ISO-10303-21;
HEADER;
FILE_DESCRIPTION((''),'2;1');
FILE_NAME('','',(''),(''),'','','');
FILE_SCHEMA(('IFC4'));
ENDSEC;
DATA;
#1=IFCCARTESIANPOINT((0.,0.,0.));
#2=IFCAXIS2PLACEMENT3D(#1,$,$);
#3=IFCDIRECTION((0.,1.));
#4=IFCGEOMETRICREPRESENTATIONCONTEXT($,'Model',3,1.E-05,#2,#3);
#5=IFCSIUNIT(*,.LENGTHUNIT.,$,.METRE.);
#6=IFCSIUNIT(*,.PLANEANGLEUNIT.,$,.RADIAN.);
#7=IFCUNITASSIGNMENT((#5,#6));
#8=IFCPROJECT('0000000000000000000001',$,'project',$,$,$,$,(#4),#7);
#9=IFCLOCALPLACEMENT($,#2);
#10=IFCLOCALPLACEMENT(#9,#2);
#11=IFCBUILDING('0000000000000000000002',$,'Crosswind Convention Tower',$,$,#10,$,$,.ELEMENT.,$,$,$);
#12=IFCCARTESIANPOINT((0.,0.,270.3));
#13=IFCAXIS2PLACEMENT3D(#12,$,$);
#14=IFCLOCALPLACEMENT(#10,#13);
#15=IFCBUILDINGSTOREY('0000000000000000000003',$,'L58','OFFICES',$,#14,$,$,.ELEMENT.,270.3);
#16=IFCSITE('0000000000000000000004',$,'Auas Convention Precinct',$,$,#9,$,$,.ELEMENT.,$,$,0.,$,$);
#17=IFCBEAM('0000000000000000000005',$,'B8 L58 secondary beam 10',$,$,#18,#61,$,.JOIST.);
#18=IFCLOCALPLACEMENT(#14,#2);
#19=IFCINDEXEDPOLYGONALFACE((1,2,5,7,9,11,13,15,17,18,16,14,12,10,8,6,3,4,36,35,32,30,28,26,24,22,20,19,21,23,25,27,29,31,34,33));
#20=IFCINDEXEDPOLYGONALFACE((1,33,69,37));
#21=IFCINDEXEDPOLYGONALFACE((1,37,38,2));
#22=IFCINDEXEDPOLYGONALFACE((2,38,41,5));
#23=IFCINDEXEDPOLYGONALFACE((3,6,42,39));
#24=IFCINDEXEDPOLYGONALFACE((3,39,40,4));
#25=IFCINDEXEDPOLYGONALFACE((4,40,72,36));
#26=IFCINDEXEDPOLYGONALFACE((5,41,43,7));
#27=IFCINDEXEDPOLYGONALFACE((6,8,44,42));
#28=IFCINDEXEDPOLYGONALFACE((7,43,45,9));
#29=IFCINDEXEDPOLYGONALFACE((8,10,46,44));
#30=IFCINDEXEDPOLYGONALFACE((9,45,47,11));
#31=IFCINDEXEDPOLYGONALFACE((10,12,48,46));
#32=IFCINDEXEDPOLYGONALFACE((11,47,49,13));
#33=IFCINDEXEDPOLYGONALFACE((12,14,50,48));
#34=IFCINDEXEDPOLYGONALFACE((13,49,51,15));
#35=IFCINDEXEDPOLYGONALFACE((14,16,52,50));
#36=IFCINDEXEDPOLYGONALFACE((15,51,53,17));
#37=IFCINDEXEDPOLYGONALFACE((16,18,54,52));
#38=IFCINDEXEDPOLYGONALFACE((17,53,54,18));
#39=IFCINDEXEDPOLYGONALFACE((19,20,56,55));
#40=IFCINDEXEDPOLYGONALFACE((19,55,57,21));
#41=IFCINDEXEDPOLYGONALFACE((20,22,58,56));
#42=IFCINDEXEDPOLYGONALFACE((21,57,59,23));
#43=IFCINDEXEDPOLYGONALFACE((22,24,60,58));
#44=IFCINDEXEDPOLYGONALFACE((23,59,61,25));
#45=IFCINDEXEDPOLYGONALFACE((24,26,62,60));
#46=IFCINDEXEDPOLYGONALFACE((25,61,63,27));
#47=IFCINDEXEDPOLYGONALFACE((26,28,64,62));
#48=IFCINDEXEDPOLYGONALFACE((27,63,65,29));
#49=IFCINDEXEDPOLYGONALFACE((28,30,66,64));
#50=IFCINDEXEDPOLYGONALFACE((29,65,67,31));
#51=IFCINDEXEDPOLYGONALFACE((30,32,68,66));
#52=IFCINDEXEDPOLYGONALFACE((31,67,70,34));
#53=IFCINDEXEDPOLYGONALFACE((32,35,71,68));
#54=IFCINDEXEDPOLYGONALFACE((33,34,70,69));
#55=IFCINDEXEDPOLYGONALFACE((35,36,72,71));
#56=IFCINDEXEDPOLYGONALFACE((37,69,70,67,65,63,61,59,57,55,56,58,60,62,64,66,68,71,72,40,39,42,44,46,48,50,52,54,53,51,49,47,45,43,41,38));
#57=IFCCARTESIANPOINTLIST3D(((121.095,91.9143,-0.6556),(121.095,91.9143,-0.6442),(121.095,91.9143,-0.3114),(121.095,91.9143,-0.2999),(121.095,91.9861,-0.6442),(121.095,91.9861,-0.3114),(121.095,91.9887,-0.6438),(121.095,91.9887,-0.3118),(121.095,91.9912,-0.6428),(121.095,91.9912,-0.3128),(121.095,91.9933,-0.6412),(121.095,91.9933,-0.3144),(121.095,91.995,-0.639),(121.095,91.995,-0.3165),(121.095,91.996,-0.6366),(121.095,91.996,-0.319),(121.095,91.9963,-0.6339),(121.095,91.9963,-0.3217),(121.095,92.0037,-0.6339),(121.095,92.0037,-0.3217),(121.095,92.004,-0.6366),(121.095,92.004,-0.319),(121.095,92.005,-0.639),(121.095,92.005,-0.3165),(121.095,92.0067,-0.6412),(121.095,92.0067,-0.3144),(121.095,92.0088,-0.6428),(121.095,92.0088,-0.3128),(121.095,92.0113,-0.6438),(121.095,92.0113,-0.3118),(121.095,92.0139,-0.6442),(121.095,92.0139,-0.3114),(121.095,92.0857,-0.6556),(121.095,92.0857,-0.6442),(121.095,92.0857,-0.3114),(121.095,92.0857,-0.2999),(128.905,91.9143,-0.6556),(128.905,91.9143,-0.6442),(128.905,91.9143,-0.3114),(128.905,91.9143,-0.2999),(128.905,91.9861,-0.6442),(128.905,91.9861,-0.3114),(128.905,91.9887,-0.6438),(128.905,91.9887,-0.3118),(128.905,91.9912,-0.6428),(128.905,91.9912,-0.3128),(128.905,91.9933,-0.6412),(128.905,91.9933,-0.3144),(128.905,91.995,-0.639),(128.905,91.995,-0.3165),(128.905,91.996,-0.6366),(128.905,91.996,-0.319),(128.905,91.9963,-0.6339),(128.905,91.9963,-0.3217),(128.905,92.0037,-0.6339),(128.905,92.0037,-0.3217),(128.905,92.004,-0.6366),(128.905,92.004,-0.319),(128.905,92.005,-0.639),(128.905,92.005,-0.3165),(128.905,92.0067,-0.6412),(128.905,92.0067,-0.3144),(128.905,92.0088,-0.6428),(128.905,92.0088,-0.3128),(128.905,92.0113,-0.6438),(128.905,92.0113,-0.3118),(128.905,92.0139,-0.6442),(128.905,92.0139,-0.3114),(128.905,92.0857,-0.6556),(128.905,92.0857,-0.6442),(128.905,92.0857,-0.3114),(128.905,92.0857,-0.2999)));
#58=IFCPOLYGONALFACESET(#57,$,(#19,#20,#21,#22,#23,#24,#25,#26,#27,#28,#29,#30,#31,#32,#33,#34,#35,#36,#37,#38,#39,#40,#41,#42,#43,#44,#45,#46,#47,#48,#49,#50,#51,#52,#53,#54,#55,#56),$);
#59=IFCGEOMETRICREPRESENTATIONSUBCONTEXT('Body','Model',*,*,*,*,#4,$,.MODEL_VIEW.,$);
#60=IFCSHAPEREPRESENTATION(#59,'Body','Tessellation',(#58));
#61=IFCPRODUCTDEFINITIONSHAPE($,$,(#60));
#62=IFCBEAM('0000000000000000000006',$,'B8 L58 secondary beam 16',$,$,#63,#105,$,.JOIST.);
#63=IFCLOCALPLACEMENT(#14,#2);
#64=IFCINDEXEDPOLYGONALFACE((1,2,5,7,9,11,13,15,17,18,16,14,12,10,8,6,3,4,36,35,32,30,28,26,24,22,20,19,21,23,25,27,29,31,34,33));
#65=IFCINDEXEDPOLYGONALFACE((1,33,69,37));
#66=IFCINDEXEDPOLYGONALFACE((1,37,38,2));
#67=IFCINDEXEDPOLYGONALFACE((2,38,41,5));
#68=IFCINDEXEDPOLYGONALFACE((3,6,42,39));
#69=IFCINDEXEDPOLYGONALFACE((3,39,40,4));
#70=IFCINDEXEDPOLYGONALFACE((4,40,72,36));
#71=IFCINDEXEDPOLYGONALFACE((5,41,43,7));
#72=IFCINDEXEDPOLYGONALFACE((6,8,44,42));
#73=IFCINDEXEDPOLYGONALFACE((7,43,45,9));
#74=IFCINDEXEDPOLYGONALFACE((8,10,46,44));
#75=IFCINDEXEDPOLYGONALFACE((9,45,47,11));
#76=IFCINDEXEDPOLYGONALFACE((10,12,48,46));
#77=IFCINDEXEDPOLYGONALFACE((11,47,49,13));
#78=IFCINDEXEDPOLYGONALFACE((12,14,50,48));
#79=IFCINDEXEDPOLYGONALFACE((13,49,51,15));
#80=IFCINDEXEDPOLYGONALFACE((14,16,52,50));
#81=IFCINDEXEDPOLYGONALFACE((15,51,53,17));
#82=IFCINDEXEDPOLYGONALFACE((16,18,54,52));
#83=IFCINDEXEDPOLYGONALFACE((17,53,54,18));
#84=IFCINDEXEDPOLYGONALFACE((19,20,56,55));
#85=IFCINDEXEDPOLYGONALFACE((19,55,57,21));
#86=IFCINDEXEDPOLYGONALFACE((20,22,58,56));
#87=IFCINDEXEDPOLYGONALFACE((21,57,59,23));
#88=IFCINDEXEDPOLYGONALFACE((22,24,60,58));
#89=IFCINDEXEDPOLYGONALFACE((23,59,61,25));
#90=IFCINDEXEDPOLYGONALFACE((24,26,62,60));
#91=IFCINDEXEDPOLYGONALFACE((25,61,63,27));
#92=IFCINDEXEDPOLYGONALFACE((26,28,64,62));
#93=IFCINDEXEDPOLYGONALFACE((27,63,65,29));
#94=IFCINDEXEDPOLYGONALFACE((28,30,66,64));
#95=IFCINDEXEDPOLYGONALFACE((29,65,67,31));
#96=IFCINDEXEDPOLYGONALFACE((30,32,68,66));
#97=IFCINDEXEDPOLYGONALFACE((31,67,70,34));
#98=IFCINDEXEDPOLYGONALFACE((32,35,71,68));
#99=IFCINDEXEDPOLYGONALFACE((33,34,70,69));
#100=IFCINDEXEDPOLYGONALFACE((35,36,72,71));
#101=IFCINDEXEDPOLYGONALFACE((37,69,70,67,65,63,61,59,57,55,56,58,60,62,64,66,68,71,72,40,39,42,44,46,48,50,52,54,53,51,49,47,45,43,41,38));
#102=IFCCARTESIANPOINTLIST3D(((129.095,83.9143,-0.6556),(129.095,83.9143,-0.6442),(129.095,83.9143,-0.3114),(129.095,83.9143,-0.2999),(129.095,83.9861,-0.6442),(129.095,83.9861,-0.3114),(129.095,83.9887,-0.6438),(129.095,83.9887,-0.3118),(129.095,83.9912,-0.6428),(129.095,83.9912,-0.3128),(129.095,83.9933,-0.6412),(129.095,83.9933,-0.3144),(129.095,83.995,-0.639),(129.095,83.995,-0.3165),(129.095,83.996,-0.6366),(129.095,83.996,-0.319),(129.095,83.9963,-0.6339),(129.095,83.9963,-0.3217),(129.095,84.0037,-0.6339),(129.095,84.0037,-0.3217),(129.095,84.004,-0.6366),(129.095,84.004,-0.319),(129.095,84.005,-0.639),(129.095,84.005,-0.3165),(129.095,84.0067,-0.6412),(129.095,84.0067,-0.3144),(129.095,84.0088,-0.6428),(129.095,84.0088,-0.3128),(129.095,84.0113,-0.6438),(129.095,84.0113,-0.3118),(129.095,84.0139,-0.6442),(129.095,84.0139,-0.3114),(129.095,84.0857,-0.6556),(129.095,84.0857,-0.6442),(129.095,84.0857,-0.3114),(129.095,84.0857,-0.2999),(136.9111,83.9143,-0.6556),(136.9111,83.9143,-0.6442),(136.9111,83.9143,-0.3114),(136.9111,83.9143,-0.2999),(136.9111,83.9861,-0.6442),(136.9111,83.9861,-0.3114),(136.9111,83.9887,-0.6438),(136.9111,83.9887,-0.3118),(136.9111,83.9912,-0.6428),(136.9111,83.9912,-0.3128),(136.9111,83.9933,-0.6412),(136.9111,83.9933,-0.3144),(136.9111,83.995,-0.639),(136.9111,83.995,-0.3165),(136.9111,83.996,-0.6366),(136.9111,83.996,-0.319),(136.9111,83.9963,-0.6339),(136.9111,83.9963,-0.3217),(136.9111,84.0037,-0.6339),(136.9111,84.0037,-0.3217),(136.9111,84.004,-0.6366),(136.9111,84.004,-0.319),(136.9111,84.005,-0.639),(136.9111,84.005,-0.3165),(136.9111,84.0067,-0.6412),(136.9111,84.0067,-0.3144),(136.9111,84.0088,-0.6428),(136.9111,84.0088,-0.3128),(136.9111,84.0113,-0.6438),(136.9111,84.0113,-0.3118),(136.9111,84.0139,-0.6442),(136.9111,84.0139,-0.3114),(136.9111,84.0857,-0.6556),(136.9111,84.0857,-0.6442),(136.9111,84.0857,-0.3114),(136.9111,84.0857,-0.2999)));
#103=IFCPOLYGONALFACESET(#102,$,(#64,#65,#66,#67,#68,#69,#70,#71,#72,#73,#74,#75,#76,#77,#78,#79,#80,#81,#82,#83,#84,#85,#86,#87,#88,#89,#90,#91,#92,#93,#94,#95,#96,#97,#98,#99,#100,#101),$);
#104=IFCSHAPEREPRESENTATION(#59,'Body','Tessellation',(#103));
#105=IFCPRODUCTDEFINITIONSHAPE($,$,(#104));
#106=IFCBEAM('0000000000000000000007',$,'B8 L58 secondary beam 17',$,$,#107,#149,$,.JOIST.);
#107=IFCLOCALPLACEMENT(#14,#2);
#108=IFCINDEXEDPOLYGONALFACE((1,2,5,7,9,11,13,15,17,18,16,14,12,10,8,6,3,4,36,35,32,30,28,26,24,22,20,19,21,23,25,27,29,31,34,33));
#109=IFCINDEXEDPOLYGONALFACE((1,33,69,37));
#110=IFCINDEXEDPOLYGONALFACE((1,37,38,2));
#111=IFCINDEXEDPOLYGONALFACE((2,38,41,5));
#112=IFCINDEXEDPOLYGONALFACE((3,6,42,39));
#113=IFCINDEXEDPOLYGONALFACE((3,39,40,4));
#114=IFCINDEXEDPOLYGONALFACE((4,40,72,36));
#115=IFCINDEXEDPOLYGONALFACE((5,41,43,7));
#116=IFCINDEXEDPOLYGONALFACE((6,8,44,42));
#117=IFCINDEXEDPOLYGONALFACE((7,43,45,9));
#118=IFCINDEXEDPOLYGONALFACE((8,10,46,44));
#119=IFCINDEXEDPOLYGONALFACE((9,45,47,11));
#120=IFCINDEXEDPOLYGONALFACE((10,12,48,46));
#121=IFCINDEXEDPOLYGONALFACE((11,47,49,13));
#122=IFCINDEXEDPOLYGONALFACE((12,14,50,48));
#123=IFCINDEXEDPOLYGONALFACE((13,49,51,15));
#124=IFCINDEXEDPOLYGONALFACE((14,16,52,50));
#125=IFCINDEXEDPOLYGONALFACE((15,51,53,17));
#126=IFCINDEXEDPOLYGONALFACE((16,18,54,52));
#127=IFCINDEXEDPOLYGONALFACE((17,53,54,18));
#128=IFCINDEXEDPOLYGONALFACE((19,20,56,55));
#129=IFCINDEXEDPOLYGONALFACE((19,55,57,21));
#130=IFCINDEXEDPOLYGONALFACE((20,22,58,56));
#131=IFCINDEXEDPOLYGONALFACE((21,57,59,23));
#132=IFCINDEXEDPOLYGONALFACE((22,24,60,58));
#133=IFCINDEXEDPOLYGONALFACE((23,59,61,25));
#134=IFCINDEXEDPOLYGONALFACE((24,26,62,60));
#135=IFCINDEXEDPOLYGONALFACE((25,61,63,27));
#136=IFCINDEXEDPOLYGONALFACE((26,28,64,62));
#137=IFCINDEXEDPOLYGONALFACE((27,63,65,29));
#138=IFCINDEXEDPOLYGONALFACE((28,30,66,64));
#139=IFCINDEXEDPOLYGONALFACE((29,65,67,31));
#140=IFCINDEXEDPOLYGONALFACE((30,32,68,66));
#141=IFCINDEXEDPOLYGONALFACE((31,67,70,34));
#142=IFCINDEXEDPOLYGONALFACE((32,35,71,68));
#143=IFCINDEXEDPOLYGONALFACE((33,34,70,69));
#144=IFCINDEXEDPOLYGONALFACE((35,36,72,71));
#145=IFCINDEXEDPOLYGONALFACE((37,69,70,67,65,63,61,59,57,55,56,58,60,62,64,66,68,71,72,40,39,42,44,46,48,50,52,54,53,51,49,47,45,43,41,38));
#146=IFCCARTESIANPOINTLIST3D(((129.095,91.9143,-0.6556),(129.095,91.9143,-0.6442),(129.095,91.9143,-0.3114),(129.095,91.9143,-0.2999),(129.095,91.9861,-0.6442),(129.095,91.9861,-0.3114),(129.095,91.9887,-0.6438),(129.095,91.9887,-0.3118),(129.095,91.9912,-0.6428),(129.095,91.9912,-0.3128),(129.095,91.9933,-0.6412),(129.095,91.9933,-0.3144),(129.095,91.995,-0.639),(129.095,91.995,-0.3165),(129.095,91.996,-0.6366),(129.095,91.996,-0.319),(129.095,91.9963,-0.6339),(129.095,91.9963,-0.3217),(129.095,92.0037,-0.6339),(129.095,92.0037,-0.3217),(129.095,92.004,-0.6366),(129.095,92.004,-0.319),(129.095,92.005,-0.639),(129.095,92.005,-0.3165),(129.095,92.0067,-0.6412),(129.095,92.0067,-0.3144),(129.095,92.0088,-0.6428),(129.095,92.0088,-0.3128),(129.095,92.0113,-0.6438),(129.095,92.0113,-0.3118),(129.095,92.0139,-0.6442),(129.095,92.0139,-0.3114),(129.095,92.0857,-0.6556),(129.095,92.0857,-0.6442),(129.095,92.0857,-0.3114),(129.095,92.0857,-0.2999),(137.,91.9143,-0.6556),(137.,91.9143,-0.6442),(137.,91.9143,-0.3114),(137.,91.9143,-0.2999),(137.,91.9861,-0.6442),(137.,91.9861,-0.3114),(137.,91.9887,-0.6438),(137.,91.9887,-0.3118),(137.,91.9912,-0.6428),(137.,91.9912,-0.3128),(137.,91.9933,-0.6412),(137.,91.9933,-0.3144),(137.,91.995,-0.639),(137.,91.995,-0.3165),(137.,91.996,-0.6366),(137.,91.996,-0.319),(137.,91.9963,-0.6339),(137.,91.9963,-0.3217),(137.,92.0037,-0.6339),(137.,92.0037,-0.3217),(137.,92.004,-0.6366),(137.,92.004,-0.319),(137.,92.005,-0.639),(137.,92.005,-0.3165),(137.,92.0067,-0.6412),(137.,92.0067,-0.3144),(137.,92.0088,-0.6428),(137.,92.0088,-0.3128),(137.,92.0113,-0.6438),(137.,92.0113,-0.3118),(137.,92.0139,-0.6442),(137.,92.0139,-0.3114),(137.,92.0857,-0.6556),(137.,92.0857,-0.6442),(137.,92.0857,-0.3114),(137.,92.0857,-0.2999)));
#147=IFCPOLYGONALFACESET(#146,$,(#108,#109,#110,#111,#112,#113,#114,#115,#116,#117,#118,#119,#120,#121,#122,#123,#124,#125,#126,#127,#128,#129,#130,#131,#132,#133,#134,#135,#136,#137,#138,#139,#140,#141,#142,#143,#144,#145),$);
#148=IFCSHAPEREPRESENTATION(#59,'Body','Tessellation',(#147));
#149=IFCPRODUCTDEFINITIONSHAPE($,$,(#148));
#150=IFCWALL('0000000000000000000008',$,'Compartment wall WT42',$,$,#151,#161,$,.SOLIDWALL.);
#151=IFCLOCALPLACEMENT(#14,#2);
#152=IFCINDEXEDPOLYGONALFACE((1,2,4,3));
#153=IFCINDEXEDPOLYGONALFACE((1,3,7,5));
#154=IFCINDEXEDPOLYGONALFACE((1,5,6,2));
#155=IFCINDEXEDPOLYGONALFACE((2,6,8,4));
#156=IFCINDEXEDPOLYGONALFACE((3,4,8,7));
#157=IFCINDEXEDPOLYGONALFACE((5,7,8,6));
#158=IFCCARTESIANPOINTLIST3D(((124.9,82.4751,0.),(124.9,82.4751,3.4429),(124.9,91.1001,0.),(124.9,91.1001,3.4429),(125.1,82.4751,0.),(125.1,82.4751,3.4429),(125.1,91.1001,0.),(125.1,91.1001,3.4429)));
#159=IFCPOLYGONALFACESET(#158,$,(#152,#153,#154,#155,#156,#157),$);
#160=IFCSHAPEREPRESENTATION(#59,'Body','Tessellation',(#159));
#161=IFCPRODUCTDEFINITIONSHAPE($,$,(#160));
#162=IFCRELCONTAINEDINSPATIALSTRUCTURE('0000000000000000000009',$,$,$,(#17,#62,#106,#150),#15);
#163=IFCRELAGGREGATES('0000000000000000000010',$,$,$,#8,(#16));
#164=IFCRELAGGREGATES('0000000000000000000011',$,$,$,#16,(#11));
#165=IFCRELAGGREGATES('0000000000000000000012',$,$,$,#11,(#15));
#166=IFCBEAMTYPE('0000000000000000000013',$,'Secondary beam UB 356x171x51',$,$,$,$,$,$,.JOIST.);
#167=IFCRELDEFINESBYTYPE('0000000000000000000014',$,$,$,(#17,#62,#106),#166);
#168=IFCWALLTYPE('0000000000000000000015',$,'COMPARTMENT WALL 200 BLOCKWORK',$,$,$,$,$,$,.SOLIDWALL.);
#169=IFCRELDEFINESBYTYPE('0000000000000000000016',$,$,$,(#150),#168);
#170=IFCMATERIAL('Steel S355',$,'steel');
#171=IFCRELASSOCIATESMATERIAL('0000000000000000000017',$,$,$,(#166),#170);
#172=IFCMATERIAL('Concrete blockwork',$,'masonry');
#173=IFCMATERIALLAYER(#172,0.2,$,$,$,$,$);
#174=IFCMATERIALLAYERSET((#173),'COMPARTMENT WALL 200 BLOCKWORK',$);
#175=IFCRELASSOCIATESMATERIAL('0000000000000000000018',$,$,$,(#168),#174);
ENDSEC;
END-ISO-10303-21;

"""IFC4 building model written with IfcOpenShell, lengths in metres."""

from ifc_helpers import new_model, si_unit, direction, frame, frame_2d, origin, origin_2d, place, context, subcontext, project, spatial, rectangle, i_section, extrude, material, layer, layer_set, material_profile, profile_set, type_object, element, save


model = new_model("IFC4")

# Units and contexts
model_context = context("Model", 3, precision=1e-05, world=origin(), true_north=direction((0.0, 1.0)))
body_context = subcontext(model_context, "Body", "Model", "MODEL_VIEW")
ifc_project = project(units=[si_unit("LENGTHUNIT", "METRE"), si_unit("PLANEANGLEUNIT", "RADIAN")], contexts=[model_context])

# Site, building, storey
site_placement = place(None, origin())
site = spatial("IfcSite", under=ifc_project, at=site_placement, Name="Auas Convention Precinct", CompositionType="ELEMENT", RefElevation=0.0)
building_placement = place(site_placement, origin())
building = spatial("IfcBuilding", under=site, at=building_placement, Name="Crosswind Convention Tower", CompositionType="ELEMENT")
storey_placement = place(building_placement, frame((0.0, 0.0, 270.3)))
storey = spatial("IfcBuildingStorey", under=building, at=storey_placement, Name="L58", Description="OFFICES", CompositionType="ELEMENT", Elevation=270.3)

# Beams
ifc_material_1 = material(Name="Steel S355", Category="steel")
ifc_material_profile_1 = material_profile(ifc_material_1, i_section(OverallWidth=0.1714, OverallDepth=0.3557, WebThickness=0.0073, FlangeThickness=0.0115, FilletRadius=0.0103, at=origin_2d()), Name="UB 356x171x51")
ifc_profile_set_1 = profile_set([ifc_material_profile_1], Name="Steel S355")
beam_type_1 = type_object("IfcBeamType", Name="Secondary beam UB 356x171x51", PredefinedType="JOIST", material=ifc_profile_set_1)
for number, where, z_axis, x_axis, name in (
    (1, (121.095, 92.0, -0.4778), (1.0, 0.0, 0.0), (0.0, 1.0, 0.0), "B8 L58 secondary beam 10"),
):
    element("IfcBeam", number, at=place(storey_placement, frame(where, z_axis=z_axis, x_axis=x_axis)), inside=storey, type_object=beam_type_1, Name=name, PredefinedType="JOIST", context=body_context, shape_type="SweptSolid", body=[
        extrude(i_section(OverallWidth=0.1714, OverallDepth=0.3557, WebThickness=0.0073, FlangeThickness=0.0115, FilletRadius=0.0103, at=origin_2d()), origin(), (0.0, 0.0, 1.0), 7.8101),
    ])
beam_1_placement = place(storey_placement, frame((129.095, 84.0, -0.4778), z_axis=(1.0, 0.0, 0.0), x_axis=(0.0, 1.0, 0.0)))
element("IfcBeam", 2, at=beam_1_placement, inside=storey, type_object=beam_type_1, Name="B8 L58 secondary beam 16", PredefinedType="JOIST", context=body_context, shape_type="SweptSolid", body=[
    extrude(i_section(OverallWidth=0.1714, OverallDepth=0.3557, WebThickness=0.0073, FlangeThickness=0.0115, FilletRadius=0.0103, at=origin_2d()), origin(), (0.0, 0.0, 1.0), 7.8162),
])
beam_2_placement = place(storey_placement, frame((129.095, 92.0, -0.4778), z_axis=(1.0, 0.0, 0.0), x_axis=(0.0, 1.0, 0.0)))
element("IfcBeam", 3, at=beam_2_placement, inside=storey, type_object=beam_type_1, Name="B8 L58 secondary beam 17", PredefinedType="JOIST", context=body_context, shape_type="SweptSolid", body=[
    extrude(i_section(OverallWidth=0.1714, OverallDepth=0.3557, WebThickness=0.0073, FlangeThickness=0.0115, FilletRadius=0.0103, at=origin_2d()), origin(), (0.0, 0.0, 1.0), 7.905),
])

# Wall
ifc_material_2 = material(Name="Concrete blockwork", Category="masonry")
ifc_layer_1 = layer(ifc_material_2, 0.2)
ifc_layer_set_1 = layer_set([ifc_layer_1], Name="COMPARTMENT WALL 200 BLOCKWORK")
wall_type_1 = type_object("IfcWallType", Name="COMPARTMENT WALL 200 BLOCKWORK", PredefinedType="SOLIDWALL", material=ifc_layer_set_1)
wall_1_placement = place(storey_placement, frame((125.0, 82.4751, 0.0), z_axis=(0.0, 0.0, 1.0), x_axis=(0.0, 1.0, 0.0)))
element("IfcWall", 4, at=wall_1_placement, inside=storey, type_object=wall_type_1, Name="Compartment wall WT42", PredefinedType="SOLIDWALL", context=body_context, shape_type="SweptSolid", body=[
    extrude(rectangle(XDim=8.625, YDim=0.2, at=frame_2d((4.3125, 0.0))), origin(), (0.0, 0.0, 1.0), 3.4429),
])

save(model, "model.ifc")
